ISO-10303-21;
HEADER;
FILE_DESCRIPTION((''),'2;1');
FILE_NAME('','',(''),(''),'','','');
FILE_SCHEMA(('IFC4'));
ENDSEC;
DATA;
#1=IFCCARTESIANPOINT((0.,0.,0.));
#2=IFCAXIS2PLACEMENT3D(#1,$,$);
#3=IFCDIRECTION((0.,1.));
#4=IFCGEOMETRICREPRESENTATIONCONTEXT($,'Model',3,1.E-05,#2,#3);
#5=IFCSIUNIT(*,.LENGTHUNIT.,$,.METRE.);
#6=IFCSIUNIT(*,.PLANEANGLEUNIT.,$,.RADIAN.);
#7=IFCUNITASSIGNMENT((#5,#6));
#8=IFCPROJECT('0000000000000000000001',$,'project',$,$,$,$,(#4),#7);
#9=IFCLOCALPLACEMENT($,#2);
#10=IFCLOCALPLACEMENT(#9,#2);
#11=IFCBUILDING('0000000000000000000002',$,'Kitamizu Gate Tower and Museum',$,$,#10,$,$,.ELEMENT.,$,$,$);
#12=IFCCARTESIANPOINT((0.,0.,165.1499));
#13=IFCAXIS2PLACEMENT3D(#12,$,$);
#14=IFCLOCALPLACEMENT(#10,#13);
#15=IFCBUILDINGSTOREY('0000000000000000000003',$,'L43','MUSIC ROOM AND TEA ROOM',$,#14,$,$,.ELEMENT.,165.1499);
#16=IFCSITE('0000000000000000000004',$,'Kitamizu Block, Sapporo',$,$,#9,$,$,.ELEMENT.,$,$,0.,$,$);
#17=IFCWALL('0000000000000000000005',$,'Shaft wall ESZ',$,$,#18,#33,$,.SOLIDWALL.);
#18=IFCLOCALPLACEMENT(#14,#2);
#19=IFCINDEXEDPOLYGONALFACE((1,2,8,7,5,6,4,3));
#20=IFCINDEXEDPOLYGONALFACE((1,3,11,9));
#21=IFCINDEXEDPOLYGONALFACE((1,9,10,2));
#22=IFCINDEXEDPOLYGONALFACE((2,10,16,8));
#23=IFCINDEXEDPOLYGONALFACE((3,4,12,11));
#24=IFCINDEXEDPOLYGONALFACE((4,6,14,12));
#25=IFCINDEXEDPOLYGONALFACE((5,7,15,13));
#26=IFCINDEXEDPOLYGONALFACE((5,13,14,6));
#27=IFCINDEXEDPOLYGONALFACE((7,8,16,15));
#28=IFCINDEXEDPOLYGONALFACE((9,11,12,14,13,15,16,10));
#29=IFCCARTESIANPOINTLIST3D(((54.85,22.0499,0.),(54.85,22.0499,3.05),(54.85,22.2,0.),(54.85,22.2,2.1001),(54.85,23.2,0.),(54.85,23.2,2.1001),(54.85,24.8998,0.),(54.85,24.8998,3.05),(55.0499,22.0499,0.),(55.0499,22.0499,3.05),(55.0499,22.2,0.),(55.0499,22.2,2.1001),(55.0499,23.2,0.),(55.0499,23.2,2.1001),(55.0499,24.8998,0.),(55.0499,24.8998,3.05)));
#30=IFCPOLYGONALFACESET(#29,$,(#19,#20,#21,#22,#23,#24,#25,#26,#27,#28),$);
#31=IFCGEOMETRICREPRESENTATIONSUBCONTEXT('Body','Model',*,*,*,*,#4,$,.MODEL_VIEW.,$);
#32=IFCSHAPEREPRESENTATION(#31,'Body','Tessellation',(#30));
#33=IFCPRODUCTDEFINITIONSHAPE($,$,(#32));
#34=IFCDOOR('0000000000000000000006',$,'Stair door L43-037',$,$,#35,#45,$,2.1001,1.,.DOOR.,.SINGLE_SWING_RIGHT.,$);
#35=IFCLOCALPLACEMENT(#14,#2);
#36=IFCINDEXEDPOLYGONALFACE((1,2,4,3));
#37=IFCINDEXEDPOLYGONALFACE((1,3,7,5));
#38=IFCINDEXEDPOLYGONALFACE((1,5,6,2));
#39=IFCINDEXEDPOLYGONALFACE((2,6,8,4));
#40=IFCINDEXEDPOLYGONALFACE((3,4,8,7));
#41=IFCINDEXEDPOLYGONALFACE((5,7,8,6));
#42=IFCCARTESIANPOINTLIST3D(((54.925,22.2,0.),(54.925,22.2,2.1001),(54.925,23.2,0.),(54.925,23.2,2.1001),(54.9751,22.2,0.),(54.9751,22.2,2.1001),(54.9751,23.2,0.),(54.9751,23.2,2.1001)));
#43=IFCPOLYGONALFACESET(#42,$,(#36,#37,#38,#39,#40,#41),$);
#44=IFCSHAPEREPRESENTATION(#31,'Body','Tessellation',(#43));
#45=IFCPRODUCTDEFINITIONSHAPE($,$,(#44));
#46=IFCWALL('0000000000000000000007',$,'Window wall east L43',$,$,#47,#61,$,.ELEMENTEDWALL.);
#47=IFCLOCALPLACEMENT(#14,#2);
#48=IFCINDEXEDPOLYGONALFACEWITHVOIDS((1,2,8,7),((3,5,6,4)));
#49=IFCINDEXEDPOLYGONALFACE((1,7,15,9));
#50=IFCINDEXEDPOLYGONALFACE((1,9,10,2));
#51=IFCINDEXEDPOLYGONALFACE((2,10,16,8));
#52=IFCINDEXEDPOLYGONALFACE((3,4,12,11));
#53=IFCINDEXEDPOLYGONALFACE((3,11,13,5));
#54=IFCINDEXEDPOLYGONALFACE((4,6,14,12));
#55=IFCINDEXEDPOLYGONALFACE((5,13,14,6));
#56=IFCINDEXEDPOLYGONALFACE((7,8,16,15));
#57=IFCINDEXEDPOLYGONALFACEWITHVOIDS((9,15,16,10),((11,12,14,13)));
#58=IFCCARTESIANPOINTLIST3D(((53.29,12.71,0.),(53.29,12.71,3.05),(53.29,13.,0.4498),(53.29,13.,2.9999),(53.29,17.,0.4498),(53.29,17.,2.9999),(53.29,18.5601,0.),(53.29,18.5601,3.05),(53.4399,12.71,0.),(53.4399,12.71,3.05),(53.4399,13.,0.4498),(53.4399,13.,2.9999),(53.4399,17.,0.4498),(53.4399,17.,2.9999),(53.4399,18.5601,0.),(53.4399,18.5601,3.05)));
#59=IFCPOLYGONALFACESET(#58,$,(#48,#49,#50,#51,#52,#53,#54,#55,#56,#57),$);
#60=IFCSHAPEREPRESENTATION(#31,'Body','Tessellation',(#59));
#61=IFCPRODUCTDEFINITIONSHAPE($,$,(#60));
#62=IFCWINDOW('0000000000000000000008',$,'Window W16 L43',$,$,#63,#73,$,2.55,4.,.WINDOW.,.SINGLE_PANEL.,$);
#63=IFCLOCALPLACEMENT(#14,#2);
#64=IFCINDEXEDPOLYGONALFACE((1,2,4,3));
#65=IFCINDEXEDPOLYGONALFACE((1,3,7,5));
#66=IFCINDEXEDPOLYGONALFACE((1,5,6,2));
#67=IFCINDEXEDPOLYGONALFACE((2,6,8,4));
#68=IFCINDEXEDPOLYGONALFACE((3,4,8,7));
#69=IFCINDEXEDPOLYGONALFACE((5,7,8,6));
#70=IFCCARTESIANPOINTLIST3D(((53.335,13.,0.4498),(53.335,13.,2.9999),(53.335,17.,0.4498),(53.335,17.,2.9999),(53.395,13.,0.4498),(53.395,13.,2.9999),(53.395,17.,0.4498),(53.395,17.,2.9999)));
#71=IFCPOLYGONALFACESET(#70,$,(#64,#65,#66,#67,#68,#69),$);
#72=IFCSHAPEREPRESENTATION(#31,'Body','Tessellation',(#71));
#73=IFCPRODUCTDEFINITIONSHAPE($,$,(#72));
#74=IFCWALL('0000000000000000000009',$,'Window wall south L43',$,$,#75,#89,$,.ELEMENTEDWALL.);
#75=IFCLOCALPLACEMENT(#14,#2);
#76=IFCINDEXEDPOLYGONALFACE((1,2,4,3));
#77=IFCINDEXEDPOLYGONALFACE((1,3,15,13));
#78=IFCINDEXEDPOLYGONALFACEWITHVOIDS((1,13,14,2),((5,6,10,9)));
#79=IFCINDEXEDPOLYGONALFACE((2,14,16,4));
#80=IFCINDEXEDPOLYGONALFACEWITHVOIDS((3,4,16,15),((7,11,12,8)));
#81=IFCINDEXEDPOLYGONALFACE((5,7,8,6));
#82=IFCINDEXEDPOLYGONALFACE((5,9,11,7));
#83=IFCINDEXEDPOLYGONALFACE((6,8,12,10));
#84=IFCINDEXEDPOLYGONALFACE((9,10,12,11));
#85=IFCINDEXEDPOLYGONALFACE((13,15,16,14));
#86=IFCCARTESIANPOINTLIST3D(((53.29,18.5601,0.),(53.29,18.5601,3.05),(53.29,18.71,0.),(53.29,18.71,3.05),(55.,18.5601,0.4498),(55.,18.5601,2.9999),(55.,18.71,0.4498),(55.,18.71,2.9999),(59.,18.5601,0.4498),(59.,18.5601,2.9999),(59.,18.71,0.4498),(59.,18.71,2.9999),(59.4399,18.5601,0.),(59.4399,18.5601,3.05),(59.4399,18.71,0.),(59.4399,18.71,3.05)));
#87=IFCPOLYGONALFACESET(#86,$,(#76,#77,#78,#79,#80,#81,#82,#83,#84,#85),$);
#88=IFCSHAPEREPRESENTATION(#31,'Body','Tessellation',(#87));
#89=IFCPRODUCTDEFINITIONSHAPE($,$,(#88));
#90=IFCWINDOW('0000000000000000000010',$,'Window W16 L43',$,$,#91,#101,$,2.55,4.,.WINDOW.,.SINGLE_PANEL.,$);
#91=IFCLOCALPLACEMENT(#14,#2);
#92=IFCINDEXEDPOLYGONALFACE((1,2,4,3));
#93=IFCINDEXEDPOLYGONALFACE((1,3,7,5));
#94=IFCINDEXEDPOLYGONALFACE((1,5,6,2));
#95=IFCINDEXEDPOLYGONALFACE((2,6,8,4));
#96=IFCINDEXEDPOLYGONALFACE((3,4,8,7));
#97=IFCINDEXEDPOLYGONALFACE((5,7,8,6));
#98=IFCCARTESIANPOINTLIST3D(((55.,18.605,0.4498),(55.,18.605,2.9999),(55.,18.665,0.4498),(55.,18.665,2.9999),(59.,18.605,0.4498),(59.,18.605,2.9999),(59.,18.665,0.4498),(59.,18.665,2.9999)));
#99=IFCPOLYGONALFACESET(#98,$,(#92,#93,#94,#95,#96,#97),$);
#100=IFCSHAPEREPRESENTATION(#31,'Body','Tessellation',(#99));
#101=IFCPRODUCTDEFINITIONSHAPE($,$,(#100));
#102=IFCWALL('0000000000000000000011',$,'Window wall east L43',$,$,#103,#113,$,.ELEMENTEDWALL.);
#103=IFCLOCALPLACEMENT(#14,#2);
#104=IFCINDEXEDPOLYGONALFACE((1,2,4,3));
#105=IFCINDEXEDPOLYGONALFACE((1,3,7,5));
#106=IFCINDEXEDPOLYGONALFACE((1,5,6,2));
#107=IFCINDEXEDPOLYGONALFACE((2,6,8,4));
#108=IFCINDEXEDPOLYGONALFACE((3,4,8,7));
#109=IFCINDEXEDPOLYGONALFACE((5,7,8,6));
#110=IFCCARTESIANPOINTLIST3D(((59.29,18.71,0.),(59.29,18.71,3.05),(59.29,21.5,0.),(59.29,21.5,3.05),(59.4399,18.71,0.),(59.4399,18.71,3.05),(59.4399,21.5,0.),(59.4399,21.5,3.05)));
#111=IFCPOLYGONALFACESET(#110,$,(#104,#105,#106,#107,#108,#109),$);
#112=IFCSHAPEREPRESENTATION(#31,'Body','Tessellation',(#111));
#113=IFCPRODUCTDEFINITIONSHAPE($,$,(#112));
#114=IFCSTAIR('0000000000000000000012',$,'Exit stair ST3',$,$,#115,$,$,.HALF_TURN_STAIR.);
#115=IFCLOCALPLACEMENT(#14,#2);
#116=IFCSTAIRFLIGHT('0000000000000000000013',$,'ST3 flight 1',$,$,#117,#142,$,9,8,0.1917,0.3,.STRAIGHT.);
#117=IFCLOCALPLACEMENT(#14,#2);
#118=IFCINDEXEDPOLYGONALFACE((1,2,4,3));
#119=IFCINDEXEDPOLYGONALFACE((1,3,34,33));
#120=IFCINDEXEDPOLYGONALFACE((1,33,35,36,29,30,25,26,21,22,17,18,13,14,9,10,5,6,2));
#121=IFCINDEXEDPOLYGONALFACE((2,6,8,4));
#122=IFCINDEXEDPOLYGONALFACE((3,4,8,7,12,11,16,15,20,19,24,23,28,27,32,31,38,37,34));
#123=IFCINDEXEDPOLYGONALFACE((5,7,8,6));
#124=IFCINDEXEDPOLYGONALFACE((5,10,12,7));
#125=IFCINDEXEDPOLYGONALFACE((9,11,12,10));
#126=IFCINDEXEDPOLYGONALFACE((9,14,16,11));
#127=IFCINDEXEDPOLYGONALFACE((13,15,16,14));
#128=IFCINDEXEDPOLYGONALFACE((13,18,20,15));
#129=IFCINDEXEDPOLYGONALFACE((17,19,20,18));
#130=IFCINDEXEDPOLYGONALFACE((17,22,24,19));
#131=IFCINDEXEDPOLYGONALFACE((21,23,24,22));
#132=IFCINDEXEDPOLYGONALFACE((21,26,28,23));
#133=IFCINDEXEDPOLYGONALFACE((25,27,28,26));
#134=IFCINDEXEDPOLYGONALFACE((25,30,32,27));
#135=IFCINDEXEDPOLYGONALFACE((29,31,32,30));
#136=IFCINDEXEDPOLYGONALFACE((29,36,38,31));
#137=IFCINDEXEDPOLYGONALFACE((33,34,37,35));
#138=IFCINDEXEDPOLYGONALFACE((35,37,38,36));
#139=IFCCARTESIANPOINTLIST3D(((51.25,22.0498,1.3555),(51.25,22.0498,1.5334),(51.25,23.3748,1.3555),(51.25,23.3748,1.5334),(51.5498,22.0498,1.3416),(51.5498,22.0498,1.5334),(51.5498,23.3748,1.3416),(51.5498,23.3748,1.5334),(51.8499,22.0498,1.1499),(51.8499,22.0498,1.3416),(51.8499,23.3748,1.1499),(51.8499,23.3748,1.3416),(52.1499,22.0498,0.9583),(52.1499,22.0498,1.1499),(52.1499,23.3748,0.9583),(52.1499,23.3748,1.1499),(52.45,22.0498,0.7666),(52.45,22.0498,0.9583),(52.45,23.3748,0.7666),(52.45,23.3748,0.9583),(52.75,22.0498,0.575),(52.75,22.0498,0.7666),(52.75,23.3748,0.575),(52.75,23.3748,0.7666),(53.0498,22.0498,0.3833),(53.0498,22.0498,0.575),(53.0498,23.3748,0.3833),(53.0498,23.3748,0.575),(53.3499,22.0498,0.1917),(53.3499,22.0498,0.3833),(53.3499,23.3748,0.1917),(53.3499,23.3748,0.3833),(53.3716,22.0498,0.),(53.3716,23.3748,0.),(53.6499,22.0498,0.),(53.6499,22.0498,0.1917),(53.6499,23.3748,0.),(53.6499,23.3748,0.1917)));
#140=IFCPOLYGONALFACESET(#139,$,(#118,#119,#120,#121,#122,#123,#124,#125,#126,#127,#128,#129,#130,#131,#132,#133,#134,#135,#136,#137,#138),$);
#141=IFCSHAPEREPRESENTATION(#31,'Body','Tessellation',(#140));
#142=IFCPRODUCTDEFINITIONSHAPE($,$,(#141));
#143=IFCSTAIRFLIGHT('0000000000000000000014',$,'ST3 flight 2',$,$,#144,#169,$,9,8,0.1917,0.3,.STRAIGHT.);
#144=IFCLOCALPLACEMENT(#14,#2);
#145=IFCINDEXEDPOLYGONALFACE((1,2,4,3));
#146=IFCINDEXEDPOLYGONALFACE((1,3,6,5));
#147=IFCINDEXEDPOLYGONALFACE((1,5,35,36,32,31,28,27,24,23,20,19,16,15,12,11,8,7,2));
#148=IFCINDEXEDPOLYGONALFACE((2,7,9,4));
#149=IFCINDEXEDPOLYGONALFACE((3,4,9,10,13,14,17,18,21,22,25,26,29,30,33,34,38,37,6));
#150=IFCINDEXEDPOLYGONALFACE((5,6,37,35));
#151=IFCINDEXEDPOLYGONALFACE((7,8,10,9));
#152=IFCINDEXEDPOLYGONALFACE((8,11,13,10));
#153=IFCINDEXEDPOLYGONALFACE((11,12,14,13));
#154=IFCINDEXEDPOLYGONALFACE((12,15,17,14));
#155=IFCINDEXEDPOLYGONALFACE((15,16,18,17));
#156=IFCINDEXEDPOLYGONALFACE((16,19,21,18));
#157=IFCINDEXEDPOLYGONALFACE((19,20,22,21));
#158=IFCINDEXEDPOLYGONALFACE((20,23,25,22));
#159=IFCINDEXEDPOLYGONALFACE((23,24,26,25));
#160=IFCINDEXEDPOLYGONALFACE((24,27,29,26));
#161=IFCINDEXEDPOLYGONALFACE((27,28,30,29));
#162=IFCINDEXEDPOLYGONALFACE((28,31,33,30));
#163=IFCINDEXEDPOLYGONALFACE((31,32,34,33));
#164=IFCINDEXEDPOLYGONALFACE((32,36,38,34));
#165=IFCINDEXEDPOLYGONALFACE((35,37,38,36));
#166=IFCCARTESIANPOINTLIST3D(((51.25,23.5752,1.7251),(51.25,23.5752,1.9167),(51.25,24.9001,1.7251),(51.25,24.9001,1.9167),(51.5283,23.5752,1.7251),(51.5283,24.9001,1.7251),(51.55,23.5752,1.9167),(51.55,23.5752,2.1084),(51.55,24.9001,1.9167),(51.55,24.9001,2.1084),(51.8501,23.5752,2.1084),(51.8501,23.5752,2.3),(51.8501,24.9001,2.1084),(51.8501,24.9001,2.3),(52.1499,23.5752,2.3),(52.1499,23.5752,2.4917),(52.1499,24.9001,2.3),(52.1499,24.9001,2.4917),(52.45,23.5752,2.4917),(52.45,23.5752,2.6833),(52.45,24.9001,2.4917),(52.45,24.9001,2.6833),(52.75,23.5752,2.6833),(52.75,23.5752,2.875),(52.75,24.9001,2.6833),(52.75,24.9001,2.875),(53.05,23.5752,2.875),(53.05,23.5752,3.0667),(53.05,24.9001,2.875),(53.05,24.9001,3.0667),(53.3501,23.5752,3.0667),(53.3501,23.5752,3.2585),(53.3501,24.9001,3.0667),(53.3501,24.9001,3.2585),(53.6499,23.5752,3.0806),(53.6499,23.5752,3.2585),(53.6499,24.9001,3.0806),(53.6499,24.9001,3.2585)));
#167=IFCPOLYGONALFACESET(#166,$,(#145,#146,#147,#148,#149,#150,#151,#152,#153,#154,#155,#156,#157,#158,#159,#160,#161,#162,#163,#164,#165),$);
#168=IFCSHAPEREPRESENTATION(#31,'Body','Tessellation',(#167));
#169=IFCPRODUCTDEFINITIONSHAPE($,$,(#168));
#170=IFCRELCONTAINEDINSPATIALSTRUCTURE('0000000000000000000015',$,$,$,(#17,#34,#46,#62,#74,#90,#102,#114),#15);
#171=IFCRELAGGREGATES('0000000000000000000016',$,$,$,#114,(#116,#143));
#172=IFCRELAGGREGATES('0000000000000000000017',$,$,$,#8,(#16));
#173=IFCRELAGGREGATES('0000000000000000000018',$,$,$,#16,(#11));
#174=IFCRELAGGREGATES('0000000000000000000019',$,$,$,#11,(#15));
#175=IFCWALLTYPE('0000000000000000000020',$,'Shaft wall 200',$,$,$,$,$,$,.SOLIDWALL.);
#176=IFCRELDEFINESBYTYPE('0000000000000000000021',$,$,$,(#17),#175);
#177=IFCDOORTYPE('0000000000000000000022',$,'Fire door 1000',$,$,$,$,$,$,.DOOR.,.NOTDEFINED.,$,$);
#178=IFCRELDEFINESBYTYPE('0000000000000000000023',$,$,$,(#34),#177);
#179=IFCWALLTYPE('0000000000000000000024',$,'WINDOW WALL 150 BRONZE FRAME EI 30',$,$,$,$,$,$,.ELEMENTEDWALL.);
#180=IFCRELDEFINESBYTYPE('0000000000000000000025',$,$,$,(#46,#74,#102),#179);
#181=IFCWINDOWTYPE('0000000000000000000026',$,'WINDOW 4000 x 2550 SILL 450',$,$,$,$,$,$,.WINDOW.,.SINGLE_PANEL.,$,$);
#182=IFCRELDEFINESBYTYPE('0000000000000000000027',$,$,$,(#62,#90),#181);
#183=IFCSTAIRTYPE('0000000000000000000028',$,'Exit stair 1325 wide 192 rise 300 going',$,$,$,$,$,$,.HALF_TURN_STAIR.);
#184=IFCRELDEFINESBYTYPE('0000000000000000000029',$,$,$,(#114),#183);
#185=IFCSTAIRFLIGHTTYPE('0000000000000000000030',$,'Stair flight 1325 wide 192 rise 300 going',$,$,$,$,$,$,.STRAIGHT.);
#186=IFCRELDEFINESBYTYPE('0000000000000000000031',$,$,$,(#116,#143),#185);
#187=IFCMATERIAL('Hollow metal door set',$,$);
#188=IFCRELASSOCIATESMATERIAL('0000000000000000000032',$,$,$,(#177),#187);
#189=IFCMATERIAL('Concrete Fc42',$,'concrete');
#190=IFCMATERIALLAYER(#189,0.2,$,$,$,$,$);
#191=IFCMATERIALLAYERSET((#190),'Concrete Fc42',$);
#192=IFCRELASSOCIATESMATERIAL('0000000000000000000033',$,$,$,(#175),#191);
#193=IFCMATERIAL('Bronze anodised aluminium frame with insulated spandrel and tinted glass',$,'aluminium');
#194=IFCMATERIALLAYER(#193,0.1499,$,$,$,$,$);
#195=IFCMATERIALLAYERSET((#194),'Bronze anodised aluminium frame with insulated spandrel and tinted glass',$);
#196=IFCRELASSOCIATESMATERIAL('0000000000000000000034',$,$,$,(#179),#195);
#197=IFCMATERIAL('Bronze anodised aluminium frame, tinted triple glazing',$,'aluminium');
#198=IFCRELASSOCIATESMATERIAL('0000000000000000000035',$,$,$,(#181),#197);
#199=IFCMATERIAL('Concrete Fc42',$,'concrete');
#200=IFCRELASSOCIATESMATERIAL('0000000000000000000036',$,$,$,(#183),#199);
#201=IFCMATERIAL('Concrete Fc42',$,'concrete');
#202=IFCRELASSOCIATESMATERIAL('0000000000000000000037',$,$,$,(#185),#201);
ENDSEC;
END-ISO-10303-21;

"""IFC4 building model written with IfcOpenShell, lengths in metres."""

from ifc_helpers import new_model, si_unit, direction, frame, frame_2d, origin, place, context, subcontext, project, spatial, polyline, rectangle, outline, extrude, material, layer, layer_set, type_object, element, fill, aggregate, save


model = new_model("IFC4")

# Units and contexts
model_context = context("Model", 3, precision=1e-05, world=origin(), true_north=direction((0.0, 1.0)))
body_context = subcontext(model_context, "Body", "Model", "MODEL_VIEW")
ifc_project = project(units=[si_unit("LENGTHUNIT", "METRE"), si_unit("PLANEANGLEUNIT", "RADIAN")], contexts=[model_context])

# Site, building, storey
site_placement = place(None, origin())
site = spatial("IfcSite", under=ifc_project, at=site_placement, Name="Kitamizu Block, Sapporo", CompositionType="ELEMENT", RefElevation=0.0)
building_placement = place(site_placement, origin())
building = spatial("IfcBuilding", under=site, at=building_placement, Name="Kitamizu Gate Tower and Museum", CompositionType="ELEMENT")
storey_placement = place(building_placement, frame((0.0, 0.0, 165.1499)))
storey = spatial("IfcBuildingStorey", under=building, at=storey_placement, Name="L43", Description="MUSIC ROOM AND TEA ROOM", CompositionType="ELEMENT", Elevation=165.1499)

# Shared definitions
ifc_material_1 = material(Name="Hollow metal door set")
door_type_1 = type_object("IfcDoorType", Name="Fire door 1000", OperationType="NOTDEFINED", PredefinedType="DOOR", material=ifc_material_1)

# Shared definitions
ifc_material_2 = material(Name="Concrete Fc42", Category="concrete")
ifc_layer_1 = layer(ifc_material_2, 0.2)
ifc_layer_set_1 = layer_set([ifc_layer_1], Name="Concrete Fc42")
wall_type_1 = type_object("IfcWallType", Name="Shaft wall 200", PredefinedType="SOLIDWALL", material=ifc_layer_set_1)

# Wall, opening, door
wall_1_placement = place(storey_placement, frame((54.95, 22.05, 0.0), z_axis=(0.0, 0.0, 1.0), x_axis=(0.0, 1.0, 0.0)))
wall_1 = element("IfcWall", 1, at=wall_1_placement, inside=storey, type_object=wall_type_1, Name="Shaft wall ESZ", PredefinedType="SOLIDWALL", context=body_context, shape_type="SweptSolid", body=[
    extrude(rectangle(XDim=2.8499, YDim=0.2, at=frame_2d((1.4248, 0.0))), origin(), (0.0, 0.0, 1.0), 3.05),
])
opening_1_placement = place(wall_1_placement, frame((0.1499, 0.0, 0.0)))
opening_1 = element("IfcOpeningElement", 2, at=opening_1_placement, cuts=wall_1, PredefinedType="OPENING", context=body_context, shape_type="SweptSolid", body=[
    extrude(rectangle(XDim=1.0, YDim=2.1001, at=frame_2d((0.5, 1.05))), frame((0.0, 0.1099, 0.0), z_axis=(0.0, -1.0, 0.0), x_axis=(1.0, 0.0, 0.0)), (0.0, 0.0, 1.0), 0.22),
])
door_1_placement = place(opening_1_placement, origin())
door_1 = element("IfcDoor", 3, at=door_1_placement, inside=storey, type_object=door_type_1, Name="Stair door L43-037", OperationType="SINGLE_SWING_RIGHT", OverallHeight=2.1001, OverallWidth=1.0, PredefinedType="DOOR", context=body_context, shape_type="SweptSolid", body=[
    extrude(rectangle(XDim=1.0, YDim=2.1001, at=frame_2d((0.5, 1.05))), frame((0.0, 0.0249, 0.0), z_axis=(0.0, -1.0, 0.0), x_axis=(1.0, 0.0, 0.0)), (0.0, 0.0, 1.0), 0.05),
])
fill(opening_1, door_1)

# Walls, openings, windows
ifc_material_3 = material(Name="Bronze anodised aluminium frame with insulated spandrel and tinted glass", Category="aluminium")
ifc_layer_2 = layer(ifc_material_3, 0.1499)
ifc_layer_set_2 = layer_set([ifc_layer_2], Name="Bronze anodised aluminium frame with insulated spandrel and tinted glass")
wall_type_2 = type_object("IfcWallType", Name="WINDOW WALL 150 BRONZE FRAME EI 30", PredefinedType="ELEMENTEDWALL", material=ifc_layer_set_2)
wall_2_placement = place(storey_placement, frame((53.365, 12.71, 0.0), z_axis=(0.0, 0.0, 1.0), x_axis=(0.0, 1.0, 0.0)))
wall_2 = element("IfcWall", 4, at=wall_2_placement, inside=storey, type_object=wall_type_2, Name="Window wall east L43", PredefinedType="ELEMENTEDWALL", context=body_context, shape_type="SweptSolid", body=[
    extrude(rectangle(XDim=5.8501, YDim=0.1499, at=frame_2d((2.925, 0.0))), origin(), (0.0, 0.0, 1.0), 3.05),
])
opening_2_placement = place(wall_2_placement, frame((0.29, 0.0, 0.45)))
opening_2 = element("IfcOpeningElement", 5, at=opening_2_placement, cuts=wall_2, PredefinedType="OPENING", context=body_context, shape_type="SweptSolid", body=[
    extrude(rectangle(XDim=4.0, YDim=2.55, at=frame_2d((2.0, 1.2749))), frame((0.0, 0.085, 0.0), z_axis=(0.0, -1.0, 0.0), x_axis=(1.0, 0.0, 0.0)), (0.0, 0.0, 1.0), 0.1699),
])
ifc_material_4 = material(Name="Bronze anodised aluminium frame, tinted triple glazing", Category="aluminium")
window_type = type_object("IfcWindowType", Name="WINDOW 4000 x 2550 SILL 450", PartitioningType="SINGLE_PANEL", PredefinedType="WINDOW", material=ifc_material_4)
window_1_placement = place(opening_2_placement, origin())
window_1 = element("IfcWindow", 6, at=window_1_placement, inside=storey, type_object=window_type, Name="Window W16 L43", OverallHeight=2.55, OverallWidth=4.0, PartitioningType="SINGLE_PANEL", PredefinedType="WINDOW", context=body_context, shape_type="SweptSolid", body=[
    extrude(rectangle(XDim=4.0, YDim=2.55, at=frame_2d((2.0, 1.2749))), frame((0.0, 0.03, 0.0), z_axis=(0.0, -1.0, 0.0), x_axis=(1.0, 0.0, 0.0)), (0.0, 0.0, 1.0), 0.0601),
])
fill(opening_2, window_1)
wall_3_placement = place(storey_placement, frame((53.29, 18.635, 0.0), z_axis=(0.0, 0.0, 1.0), x_axis=(1.0, 0.0, 0.0)))
wall_3 = element("IfcWall", 7, at=wall_3_placement, inside=storey, type_object=wall_type_2, Name="Window wall south L43", PredefinedType="ELEMENTEDWALL", context=body_context, shape_type="SweptSolid", body=[
    extrude(rectangle(XDim=6.1499, YDim=0.1499, at=frame_2d((3.075, 0.0))), origin(), (0.0, 0.0, 1.0), 3.05),
])
opening_3_placement = place(wall_3_placement, frame((1.71, 0.0, 0.45)))
opening_3 = element("IfcOpeningElement", 8, at=opening_3_placement, cuts=wall_3, PredefinedType="OPENING", context=body_context, shape_type="SweptSolid", body=[
    extrude(rectangle(XDim=4.0, YDim=2.55, at=frame_2d((2.0, 1.2749))), frame((0.0, 0.085, 0.0), z_axis=(0.0, -1.0, 0.0), x_axis=(1.0, 0.0, 0.0)), (0.0, 0.0, 1.0), 0.1699),
])
window_2_placement = place(opening_3_placement, origin())
window_2 = element("IfcWindow", 9, at=window_2_placement, inside=storey, type_object=window_type, Name="Window W16 L43", OverallHeight=2.55, OverallWidth=4.0, PartitioningType="SINGLE_PANEL", PredefinedType="WINDOW", context=body_context, shape_type="SweptSolid", body=[
    extrude(rectangle(XDim=4.0, YDim=2.55, at=frame_2d((2.0, 1.2749))), frame((0.0, 0.03, 0.0), z_axis=(0.0, -1.0, 0.0), x_axis=(1.0, 0.0, 0.0)), (0.0, 0.0, 1.0), 0.0601),
])
fill(opening_3, window_2)

# Wall
wall_4_placement = place(storey_placement, frame((59.365, 18.71, 0.0), z_axis=(0.0, 0.0, 1.0), x_axis=(0.0, 1.0, 0.0)))
element("IfcWall", 10, at=wall_4_placement, inside=storey, type_object=wall_type_2, Name="Window wall east L43", PredefinedType="ELEMENTEDWALL", context=body_context, shape_type="SweptSolid", body=[
    extrude(rectangle(XDim=2.79, YDim=0.1499, at=frame_2d((1.395, 0.0))), origin(), (0.0, 0.0, 1.0), 3.05),
])

# Stair, stair flights
ifc_material_5 = material(Name="Concrete Fc42", Category="concrete")
stair_type = type_object("IfcStairType", Name="Exit stair 1325 wide 192 rise 300 going", PredefinedType="HALF_TURN_STAIR", material=ifc_material_5)
stair_placement = place(storey_placement, origin())
stair = element("IfcStair", 11, at=stair_placement, inside=storey, type_object=stair_type, Name="Exit stair ST3", PredefinedType="HALF_TURN_STAIR")
ifc_material_6 = material(Name="Concrete Fc42", Category="concrete")
stair_flight_type = type_object("IfcStairFlightType", Name="Stair flight 1325 wide 192 rise 300 going", PredefinedType="STRAIGHT", material=ifc_material_6)
stair_flight_1_placement = place(storey_placement, frame((53.6499, 22.7124, 0.0), z_axis=(0.0, 0.0, 1.0), x_axis=(-1.0, 0.0, 0.0)))
stair_flight_1 = element("IfcStairFlight", 12, at=stair_flight_1_placement, type_object=stair_flight_type, Name="ST3 flight 1", NumberOfRisers=9, NumberOfTreads=8, PredefinedType="STRAIGHT", RiserHeight=0.1917, TreadLength=0.3, context=body_context, shape_type="SweptSolid", body=[
    extrude(outline(polyline([(0.0, 0.0), (0.0, 0.1917), (0.3, 0.1917), (0.3, 0.3833), (0.6001, 0.3833), (0.6001, 0.575), (0.8999, 0.575), (0.8999, 0.7666), (1.2, 0.7666), (1.2, 0.9583), (1.5, 0.9583), (1.5, 1.1499), (1.8, 1.1499), (1.8, 1.3416), (2.1001, 1.3416), (2.1001, 1.5334), (2.3999, 1.5334), (2.3999, 1.7251), (2.3999, 1.3555), (0.2783, 0.0), (0.0, 0.0)])), frame((0.0, 0.6626, 0.0), z_axis=(0.0, -1.0, 0.0), x_axis=(1.0, 0.0, 0.0)), (0.0, 0.0, 1.0), 1.325),
])
stair_flight_2_placement = place(storey_placement, frame((51.25, 24.2375, 1.7251), z_axis=(0.0, 0.0, 1.0), x_axis=(1.0, 0.0, 0.0)))
stair_flight_2 = element("IfcStairFlight", 13, at=stair_flight_2_placement, type_object=stair_flight_type, Name="ST3 flight 2", NumberOfRisers=9, NumberOfTreads=8, PredefinedType="STRAIGHT", RiserHeight=0.1917, TreadLength=0.3, context=body_context, shape_type="SweptSolid", body=[
    extrude(outline(polyline([(0.0, 0.0), (0.0, 0.1917), (0.3, 0.1917), (0.3, 0.3833), (0.6001, 0.3833), (0.6001, 0.575), (0.8999, 0.575), (0.8999, 0.7666), (1.2, 0.7666), (1.2, 0.9583), (1.5, 0.9583), (1.5, 1.1499), (1.8, 1.1499), (1.8, 1.3416), (2.1001, 1.3416), (2.1001, 1.5334), (2.3999, 1.5334), (2.3999, 1.7251), (2.3999, 1.3555), (0.2783, 0.0), (0.0, 0.0)])), frame((0.0, 0.6626, 0.0), z_axis=(0.0, -1.0, 0.0), x_axis=(1.0, 0.0, 0.0)), (0.0, 0.0, 1.0), 1.325),
])
aggregate(stair, [stair_flight_1, stair_flight_2])

save(model, "model.ifc")
